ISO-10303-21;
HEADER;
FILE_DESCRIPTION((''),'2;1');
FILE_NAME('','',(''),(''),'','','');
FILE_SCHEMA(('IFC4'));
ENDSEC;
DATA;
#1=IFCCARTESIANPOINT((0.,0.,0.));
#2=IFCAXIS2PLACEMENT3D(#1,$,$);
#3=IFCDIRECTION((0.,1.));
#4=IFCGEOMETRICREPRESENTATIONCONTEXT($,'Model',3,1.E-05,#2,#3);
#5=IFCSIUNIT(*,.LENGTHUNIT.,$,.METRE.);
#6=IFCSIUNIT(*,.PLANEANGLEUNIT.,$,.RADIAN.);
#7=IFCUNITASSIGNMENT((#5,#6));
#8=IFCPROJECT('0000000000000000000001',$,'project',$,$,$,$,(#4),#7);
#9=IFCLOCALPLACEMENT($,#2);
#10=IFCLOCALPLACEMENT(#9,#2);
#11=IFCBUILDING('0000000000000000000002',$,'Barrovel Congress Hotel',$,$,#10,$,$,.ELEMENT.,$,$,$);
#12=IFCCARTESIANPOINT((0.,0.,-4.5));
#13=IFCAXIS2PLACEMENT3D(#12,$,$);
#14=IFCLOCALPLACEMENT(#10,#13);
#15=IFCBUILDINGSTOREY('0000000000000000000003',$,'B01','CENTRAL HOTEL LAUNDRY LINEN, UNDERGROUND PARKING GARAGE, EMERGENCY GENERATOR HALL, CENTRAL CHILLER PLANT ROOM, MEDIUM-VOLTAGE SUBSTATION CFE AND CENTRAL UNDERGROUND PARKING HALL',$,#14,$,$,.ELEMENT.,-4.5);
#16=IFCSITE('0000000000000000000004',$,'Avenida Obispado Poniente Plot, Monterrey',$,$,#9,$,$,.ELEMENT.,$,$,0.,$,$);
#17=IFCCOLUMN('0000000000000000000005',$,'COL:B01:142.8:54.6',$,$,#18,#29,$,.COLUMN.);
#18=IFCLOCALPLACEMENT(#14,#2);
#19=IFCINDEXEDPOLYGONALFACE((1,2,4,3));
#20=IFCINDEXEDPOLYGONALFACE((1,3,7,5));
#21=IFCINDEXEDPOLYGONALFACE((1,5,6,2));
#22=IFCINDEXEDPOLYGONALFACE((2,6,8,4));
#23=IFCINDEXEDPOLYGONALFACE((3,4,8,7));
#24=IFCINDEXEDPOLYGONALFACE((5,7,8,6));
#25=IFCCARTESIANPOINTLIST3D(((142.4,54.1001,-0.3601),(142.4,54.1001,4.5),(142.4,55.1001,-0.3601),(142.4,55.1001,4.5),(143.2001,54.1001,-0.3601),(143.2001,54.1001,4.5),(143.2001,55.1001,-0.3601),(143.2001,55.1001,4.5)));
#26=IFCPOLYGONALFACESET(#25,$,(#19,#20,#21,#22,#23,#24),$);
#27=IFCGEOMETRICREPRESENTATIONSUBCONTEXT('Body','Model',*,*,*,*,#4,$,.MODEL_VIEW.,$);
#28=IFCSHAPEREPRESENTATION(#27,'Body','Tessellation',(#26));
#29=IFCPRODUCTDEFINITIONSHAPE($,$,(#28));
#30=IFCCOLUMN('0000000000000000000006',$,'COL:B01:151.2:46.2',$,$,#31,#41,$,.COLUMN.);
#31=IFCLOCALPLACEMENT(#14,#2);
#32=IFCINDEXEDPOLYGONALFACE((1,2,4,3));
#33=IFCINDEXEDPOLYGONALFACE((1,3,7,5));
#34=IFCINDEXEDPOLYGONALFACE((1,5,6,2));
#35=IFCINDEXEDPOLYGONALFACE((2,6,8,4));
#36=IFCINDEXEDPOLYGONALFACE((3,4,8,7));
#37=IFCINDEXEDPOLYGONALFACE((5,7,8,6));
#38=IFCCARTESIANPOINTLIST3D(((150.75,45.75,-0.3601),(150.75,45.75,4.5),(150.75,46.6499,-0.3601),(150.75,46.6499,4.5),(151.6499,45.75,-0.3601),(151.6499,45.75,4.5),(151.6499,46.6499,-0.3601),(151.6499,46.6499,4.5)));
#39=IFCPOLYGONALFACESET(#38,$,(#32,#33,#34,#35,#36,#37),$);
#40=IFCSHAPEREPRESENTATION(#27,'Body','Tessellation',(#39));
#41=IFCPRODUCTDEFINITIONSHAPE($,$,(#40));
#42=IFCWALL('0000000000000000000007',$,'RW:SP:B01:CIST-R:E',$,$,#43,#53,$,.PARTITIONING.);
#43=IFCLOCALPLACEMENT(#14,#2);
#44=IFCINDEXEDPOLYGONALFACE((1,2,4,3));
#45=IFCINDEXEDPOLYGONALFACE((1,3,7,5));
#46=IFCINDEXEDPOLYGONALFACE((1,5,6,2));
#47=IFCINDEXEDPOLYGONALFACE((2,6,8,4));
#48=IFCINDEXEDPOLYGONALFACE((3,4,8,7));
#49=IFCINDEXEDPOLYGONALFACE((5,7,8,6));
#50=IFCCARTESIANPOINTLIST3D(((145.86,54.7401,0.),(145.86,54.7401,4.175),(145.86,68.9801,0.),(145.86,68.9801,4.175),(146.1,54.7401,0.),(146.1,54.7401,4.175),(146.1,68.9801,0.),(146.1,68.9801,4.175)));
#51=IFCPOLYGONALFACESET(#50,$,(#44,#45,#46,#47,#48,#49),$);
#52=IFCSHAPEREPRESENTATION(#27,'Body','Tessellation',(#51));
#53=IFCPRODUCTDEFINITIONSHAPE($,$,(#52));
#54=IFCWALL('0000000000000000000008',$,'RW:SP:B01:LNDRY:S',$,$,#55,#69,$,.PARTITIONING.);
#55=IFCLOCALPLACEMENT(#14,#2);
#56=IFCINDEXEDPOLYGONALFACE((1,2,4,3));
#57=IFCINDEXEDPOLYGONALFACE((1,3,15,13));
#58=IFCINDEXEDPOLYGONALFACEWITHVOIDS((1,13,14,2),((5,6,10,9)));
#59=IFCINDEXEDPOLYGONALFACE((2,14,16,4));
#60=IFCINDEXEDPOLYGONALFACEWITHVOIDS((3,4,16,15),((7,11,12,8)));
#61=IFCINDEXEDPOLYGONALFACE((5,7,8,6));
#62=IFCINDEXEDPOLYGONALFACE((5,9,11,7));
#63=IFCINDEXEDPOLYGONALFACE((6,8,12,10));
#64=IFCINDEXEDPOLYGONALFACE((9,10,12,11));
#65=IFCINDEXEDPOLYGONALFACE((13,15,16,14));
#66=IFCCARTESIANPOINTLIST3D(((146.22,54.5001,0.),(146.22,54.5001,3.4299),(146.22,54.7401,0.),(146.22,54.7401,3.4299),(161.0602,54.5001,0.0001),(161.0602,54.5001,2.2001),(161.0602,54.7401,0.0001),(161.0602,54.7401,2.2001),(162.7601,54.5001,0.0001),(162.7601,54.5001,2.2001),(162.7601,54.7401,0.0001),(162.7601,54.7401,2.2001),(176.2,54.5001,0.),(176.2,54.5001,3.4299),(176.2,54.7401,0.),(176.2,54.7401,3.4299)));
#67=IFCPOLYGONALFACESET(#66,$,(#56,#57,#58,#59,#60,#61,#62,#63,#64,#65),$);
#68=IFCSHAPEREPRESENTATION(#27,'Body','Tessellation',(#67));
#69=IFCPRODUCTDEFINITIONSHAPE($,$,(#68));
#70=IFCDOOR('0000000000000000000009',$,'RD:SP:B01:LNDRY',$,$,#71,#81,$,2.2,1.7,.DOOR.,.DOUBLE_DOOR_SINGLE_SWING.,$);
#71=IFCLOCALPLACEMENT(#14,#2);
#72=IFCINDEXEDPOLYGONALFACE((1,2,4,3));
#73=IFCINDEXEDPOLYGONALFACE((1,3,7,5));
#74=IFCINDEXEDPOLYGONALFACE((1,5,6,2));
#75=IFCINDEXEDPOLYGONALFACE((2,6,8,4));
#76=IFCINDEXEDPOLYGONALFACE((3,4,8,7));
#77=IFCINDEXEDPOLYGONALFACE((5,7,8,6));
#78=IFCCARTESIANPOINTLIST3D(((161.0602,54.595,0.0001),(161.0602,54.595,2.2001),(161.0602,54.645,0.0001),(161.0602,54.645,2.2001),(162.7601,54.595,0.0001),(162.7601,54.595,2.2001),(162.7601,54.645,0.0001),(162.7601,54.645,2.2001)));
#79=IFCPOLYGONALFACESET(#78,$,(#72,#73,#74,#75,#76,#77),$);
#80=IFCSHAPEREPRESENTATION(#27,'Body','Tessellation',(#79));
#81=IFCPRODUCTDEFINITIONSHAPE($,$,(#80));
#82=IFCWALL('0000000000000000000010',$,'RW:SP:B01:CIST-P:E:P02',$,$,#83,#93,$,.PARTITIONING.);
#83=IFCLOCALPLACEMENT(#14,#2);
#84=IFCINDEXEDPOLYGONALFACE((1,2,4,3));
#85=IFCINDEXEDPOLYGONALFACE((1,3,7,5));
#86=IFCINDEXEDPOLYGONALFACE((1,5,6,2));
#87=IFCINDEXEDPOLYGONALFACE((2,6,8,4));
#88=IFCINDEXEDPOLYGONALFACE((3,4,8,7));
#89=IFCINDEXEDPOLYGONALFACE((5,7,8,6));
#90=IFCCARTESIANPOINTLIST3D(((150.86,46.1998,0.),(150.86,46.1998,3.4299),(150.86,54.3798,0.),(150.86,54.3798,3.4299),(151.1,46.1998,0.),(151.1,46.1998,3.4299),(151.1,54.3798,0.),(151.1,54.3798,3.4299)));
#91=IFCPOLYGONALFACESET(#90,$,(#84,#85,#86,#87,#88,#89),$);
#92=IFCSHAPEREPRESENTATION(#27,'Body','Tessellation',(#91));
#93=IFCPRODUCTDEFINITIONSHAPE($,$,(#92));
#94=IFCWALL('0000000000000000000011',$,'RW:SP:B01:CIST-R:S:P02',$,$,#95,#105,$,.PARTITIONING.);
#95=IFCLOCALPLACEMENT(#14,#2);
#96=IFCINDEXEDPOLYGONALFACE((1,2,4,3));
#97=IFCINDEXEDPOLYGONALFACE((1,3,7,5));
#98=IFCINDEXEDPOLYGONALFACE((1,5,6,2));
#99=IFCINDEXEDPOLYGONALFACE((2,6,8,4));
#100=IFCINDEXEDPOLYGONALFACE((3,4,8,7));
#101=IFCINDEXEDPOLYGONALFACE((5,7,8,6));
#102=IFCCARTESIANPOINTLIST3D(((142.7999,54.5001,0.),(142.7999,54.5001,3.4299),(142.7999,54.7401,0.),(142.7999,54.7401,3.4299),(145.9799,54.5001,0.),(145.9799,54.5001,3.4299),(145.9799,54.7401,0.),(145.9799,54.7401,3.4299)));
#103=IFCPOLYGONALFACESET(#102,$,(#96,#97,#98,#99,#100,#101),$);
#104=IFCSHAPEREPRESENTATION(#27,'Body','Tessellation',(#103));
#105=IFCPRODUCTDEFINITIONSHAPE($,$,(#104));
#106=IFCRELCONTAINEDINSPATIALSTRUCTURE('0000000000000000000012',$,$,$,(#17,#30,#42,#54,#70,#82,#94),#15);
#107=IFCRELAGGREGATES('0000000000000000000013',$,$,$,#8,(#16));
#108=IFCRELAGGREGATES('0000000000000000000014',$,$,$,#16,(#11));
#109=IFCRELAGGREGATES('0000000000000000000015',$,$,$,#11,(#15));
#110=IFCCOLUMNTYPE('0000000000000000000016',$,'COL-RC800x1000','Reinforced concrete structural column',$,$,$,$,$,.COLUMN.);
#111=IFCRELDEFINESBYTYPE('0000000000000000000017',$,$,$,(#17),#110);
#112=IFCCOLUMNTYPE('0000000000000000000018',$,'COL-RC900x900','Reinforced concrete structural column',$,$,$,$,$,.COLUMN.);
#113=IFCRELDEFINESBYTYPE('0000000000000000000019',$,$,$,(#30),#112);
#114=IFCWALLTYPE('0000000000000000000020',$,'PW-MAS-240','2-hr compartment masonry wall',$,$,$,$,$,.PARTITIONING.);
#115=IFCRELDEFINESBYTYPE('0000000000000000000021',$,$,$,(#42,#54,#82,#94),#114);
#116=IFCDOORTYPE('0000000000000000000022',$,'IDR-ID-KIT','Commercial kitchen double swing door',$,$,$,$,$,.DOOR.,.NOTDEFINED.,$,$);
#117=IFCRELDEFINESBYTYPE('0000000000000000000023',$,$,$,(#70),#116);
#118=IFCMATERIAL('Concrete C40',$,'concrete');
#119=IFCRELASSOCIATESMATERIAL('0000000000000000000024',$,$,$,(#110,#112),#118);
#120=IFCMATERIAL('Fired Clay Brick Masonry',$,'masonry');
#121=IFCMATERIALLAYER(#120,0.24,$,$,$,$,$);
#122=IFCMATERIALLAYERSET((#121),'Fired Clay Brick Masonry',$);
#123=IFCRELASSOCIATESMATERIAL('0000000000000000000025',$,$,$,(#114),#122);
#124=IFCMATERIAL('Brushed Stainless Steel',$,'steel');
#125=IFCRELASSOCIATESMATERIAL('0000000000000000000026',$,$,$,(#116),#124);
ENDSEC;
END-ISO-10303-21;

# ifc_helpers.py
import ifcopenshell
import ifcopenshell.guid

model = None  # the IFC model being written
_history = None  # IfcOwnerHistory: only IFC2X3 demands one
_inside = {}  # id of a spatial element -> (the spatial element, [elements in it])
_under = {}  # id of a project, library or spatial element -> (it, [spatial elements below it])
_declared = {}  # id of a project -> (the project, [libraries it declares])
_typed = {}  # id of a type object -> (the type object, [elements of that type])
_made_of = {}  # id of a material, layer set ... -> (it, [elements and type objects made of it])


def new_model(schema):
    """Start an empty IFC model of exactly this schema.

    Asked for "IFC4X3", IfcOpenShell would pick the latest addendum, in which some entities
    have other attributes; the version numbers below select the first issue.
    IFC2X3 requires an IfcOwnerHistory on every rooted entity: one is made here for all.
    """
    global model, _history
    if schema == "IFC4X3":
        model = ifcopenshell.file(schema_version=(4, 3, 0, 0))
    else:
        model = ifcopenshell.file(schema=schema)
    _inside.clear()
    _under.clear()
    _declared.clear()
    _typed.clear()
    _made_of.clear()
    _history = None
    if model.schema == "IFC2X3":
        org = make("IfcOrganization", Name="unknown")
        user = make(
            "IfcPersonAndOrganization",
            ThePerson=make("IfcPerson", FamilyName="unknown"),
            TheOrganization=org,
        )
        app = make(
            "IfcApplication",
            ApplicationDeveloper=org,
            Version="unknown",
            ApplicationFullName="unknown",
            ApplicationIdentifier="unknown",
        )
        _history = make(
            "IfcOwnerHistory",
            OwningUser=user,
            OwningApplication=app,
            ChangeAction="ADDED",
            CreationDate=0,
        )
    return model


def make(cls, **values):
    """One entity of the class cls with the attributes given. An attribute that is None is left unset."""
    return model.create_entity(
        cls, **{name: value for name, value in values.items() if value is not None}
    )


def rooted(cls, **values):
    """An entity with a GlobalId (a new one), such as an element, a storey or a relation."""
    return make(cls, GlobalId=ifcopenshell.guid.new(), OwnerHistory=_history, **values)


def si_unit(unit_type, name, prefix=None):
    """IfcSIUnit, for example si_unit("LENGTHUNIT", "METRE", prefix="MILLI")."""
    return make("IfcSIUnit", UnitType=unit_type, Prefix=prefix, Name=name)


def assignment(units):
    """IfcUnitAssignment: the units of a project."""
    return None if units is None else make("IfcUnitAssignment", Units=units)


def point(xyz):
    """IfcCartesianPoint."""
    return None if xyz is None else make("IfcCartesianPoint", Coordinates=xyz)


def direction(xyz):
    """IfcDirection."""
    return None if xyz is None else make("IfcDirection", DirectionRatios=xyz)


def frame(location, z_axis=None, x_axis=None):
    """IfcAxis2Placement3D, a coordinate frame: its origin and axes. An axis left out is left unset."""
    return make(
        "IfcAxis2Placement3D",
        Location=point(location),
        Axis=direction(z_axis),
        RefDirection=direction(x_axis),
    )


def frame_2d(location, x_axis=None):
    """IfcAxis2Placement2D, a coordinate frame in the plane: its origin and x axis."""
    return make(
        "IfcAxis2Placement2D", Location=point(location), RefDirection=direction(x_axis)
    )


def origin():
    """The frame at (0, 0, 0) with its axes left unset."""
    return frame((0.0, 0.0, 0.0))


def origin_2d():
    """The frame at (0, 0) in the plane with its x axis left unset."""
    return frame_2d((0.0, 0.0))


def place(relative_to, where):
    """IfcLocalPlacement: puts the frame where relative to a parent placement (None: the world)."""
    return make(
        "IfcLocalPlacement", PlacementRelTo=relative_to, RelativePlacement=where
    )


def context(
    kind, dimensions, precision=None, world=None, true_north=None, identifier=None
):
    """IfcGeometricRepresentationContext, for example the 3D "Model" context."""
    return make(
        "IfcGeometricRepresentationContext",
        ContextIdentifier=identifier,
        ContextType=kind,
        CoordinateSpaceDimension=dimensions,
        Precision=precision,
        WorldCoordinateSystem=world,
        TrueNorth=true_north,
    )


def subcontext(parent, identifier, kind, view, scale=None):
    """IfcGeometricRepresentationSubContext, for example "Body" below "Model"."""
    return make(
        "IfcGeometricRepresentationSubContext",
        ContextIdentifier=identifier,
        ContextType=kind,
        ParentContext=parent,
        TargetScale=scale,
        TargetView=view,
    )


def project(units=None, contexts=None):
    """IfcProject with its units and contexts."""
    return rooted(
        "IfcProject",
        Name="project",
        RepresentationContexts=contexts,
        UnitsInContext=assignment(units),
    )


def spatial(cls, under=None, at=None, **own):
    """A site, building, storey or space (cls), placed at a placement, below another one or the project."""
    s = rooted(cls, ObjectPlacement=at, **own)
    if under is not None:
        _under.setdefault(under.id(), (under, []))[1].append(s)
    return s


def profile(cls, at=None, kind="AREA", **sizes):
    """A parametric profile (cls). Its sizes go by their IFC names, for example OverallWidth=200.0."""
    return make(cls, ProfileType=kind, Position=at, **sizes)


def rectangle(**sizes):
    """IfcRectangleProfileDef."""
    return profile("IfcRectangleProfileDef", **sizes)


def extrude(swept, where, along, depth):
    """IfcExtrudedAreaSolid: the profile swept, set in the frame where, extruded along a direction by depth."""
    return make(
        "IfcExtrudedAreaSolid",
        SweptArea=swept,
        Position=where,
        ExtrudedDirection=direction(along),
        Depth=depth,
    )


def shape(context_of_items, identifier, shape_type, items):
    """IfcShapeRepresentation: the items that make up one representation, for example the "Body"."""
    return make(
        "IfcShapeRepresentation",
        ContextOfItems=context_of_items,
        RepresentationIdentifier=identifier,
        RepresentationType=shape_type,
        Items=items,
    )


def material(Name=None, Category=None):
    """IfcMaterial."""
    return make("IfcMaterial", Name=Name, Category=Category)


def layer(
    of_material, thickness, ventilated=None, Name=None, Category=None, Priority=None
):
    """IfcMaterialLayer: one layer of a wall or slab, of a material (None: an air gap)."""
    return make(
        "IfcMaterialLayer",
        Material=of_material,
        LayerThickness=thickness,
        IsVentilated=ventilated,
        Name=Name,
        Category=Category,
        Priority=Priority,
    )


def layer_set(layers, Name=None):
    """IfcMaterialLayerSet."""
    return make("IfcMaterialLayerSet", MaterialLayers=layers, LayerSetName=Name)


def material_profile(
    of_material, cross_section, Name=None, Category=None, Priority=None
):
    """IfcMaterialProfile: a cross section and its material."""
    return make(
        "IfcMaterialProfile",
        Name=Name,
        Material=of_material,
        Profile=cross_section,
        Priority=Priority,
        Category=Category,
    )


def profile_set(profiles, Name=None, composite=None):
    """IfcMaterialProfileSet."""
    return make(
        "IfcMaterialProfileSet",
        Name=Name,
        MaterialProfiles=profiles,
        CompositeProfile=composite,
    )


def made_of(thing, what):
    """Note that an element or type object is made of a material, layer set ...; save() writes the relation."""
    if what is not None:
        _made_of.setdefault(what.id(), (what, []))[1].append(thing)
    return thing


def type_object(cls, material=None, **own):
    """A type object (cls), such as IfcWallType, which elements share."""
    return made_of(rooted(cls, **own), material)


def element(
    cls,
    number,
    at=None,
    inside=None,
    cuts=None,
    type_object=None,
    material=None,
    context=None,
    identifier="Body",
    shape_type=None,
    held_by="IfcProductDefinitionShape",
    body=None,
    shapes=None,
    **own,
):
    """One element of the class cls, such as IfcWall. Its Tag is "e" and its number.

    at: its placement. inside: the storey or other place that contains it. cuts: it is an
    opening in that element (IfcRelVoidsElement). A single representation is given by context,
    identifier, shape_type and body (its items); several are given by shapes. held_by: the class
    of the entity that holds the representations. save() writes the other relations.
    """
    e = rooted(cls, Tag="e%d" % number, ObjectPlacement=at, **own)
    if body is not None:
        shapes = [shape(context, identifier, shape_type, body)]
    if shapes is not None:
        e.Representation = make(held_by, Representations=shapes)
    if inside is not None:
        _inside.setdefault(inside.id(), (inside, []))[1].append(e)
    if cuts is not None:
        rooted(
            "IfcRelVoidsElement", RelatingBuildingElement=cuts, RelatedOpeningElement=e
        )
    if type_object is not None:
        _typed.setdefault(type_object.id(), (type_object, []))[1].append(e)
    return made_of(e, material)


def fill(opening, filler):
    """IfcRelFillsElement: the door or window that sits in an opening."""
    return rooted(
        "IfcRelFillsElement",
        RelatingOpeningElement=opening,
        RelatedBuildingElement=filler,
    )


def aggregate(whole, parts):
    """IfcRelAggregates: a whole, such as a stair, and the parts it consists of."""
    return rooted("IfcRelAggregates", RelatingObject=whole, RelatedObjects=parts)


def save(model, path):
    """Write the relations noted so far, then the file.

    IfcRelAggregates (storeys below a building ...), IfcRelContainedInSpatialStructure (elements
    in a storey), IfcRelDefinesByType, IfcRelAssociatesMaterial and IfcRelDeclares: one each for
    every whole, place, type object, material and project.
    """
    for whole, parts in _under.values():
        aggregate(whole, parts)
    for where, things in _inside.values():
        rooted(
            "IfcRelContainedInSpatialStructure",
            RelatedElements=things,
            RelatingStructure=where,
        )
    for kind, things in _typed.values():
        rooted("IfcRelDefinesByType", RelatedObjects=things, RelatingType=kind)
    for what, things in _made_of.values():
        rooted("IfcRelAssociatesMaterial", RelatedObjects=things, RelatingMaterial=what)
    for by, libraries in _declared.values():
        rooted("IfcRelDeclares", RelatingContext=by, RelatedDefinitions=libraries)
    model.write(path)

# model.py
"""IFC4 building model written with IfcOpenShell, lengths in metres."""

from ifc_helpers import new_model, si_unit, direction, frame, frame_2d, origin, origin_2d, place, context, subcontext, project, spatial, rectangle, extrude, material, layer, layer_set, material_profile, profile_set, type_object, element, fill, save


model = new_model("IFC4")

# Units and contexts
model_context = context("Model", 3, precision=1e-05, world=origin(), true_north=direction((0.0, 1.0)))
body_context = subcontext(model_context, "Body", "Model", "MODEL_VIEW")
ifc_project = project(units=[si_unit("LENGTHUNIT", "METRE"), si_unit("PLANEANGLEUNIT", "RADIAN")], contexts=[model_context])

# Site, building, storey
site_placement = place(None, origin())
site = spatial("IfcSite", under=ifc_project, at=site_placement, Name="Avenida Obispado Poniente Plot, Monterrey", CompositionType="ELEMENT", RefElevation=0.0)
building_placement = place(site_placement, origin())
building = spatial("IfcBuilding", under=site, at=building_placement, Name="Barrovel Congress Hotel", CompositionType="ELEMENT")
storey_placement = place(building_placement, frame((0.0, 0.0, -4.5)))
storey = spatial("IfcBuildingStorey", under=building, at=storey_placement, Name="B01", Description="CENTRAL HOTEL LAUNDRY LINEN, UNDERGROUND PARKING GARAGE, EMERGENCY GENERATOR HALL, CENTRAL CHILLER PLANT ROOM, MEDIUM-VOLTAGE SUBSTATION CFE AND CENTRAL UNDERGROUND PARKING HALL", CompositionType="ELEMENT", Elevation=-4.5)

# Shared definitions
ifc_material_1 = material(Name="Concrete C40", Category="concrete")

# Columns
ifc_material_profile_1 = material_profile(ifc_material_1, rectangle(XDim=0.8, YDim=1.0, at=origin_2d()), Name="RC800x1000")
ifc_profile_set_1 = profile_set([ifc_material_profile_1], Name="Concrete C40")
column_type_1 = type_object("IfcColumnType", Name="COL-RC800x1000", Description="Reinforced concrete structural column", PredefinedType="COLUMN", material=ifc_profile_set_1)
column_1_placement = place(storey_placement, frame((142.8, 54.6001, -0.3601), z_axis=(0.0, 0.0, 1.0), x_axis=(1.0, 0.0, 0.0)))
element("IfcColumn", 1, at=column_1_placement, inside=storey, type_object=column_type_1, Name="COL:B01:142.8:54.6", PredefinedType="COLUMN", context=body_context, shape_type="SweptSolid", body=[
    extrude(rectangle(XDim=0.8, YDim=1.0, at=origin_2d()), origin(), (0.0, 0.0, 1.0), 4.8601),
])
ifc_material_profile_2 = material_profile(ifc_material_1, rectangle(XDim=0.8999, YDim=0.8999, at=origin_2d()), Name="RC900x900")
ifc_profile_set_2 = profile_set([ifc_material_profile_2], Name="Concrete C40")
column_type_2 = type_object("IfcColumnType", Name="COL-RC900x900", Description="Reinforced concrete structural column", PredefinedType="COLUMN", material=ifc_profile_set_2)
column_2_placement = place(storey_placement, frame((151.2, 46.2, -0.3601), z_axis=(0.0, 0.0, 1.0), x_axis=(1.0, 0.0, 0.0)))
element("IfcColumn", 2, at=column_2_placement, inside=storey, type_object=column_type_2, Name="COL:B01:151.2:46.2", PredefinedType="COLUMN", context=body_context, shape_type="SweptSolid", body=[
    extrude(rectangle(XDim=0.8999, YDim=0.8999, at=origin_2d()), origin(), (0.0, 0.0, 1.0), 4.8601),
])

# Wall
ifc_material_2 = material(Name="Fired Clay Brick Masonry", Category="masonry")
ifc_layer = layer(ifc_material_2, 0.24)
ifc_layer_set = layer_set([ifc_layer], Name="Fired Clay Brick Masonry")
wall_type = type_object("IfcWallType", Name="PW-MAS-240", Description="2-hr compartment masonry wall", PredefinedType="PARTITIONING", material=ifc_layer_set)
wall_1_placement = place(storey_placement, frame((145.98, 54.74, 0.0), z_axis=(0.0, 0.0, 1.0), x_axis=(0.0, 1.0, 0.0)))
element("IfcWall", 3, at=wall_1_placement, inside=storey, type_object=wall_type, Name="RW:SP:B01:CIST-R:E", PredefinedType="PARTITIONING", context=body_context, shape_type="SweptSolid", body=[
    extrude(rectangle(XDim=14.24, YDim=0.24, at=frame_2d((7.1201, 0.0))), origin(), (0.0, 0.0, 1.0), 4.175),
])

# Wall, opening, door
wall_2_placement = place(storey_placement, frame((146.22, 54.6201, 0.0), z_axis=(0.0, 0.0, 1.0), x_axis=(1.0, 0.0, 0.0)))
wall_2 = element("IfcWall", 4, at=wall_2_placement, inside=storey, type_object=wall_type, Name="RW:SP:B01:LNDRY:S", PredefinedType="PARTITIONING", context=body_context, shape_type="SweptSolid", body=[
    extrude(rectangle(XDim=29.98, YDim=0.24, at=frame_2d((14.99, 0.0))), origin(), (0.0, 0.0, 1.0), 3.4299),
])
opening_placement = place(wall_2_placement, frame((14.8401, 0.0, 0.0)))
opening = element("IfcOpeningElement", 5, at=opening_placement, cuts=wall_2, PredefinedType="OPENING", context=body_context, shape_type="SweptSolid", body=[
    extrude(rectangle(XDim=1.7, YDim=2.2, at=frame_2d((0.8501, 1.1001))), frame((0.0, 0.1299, 0.0), z_axis=(0.0, -1.0, 0.0), x_axis=(1.0, 0.0, 0.0)), (0.0, 0.0, 1.0), 0.26),
])
ifc_material_3 = material(Name="Brushed Stainless Steel", Category="steel")
door_type = type_object("IfcDoorType", Name="IDR-ID-KIT", Description="Commercial kitchen double swing door", OperationType="NOTDEFINED", PredefinedType="DOOR", material=ifc_material_3)
door_placement = place(opening_placement, origin())
door = element("IfcDoor", 6, at=door_placement, inside=storey, type_object=door_type, Name="RD:SP:B01:LNDRY", OperationType="DOUBLE_DOOR_SINGLE_SWING", OverallHeight=2.2, OverallWidth=1.7, PredefinedType="DOOR", context=body_context, shape_type="SweptSolid", body=[
    extrude(rectangle(XDim=1.7, YDim=2.2, at=frame_2d((0.8501, 1.1001))), frame((0.0, 0.0249, 0.0), z_axis=(0.0, -1.0, 0.0), x_axis=(1.0, 0.0, 0.0)), (0.0, 0.0, 1.0), 0.05),
])
fill(opening, door)

# Walls
wall_3_placement = place(storey_placement, frame((150.98, 46.2, 0.0), z_axis=(0.0, 0.0, 1.0), x_axis=(0.0, 1.0, 0.0)))
element("IfcWall", 7, at=wall_3_placement, inside=storey, type_object=wall_type, Name="RW:SP:B01:CIST-P:E:P02", PredefinedType="PARTITIONING", context=body_context, shape_type="SweptSolid", body=[
    extrude(rectangle(XDim=8.1799, YDim=0.24, at=frame_2d((4.0898, 0.0))), origin(), (0.0, 0.0, 1.0), 3.4299),
])
wall_4_placement = place(storey_placement, frame((142.8, 54.6201, 0.0), z_axis=(0.0, 0.0, 1.0), x_axis=(1.0, 0.0, 0.0)))
element("IfcWall", 8, at=wall_4_placement, inside=storey, type_object=wall_type, Name="RW:SP:B01:CIST-R:S:P02", PredefinedType="PARTITIONING", context=body_context, shape_type="SweptSolid", body=[
    extrude(rectangle(XDim=3.1799, YDim=0.24, at=frame_2d((1.5898, 0.0))), origin(), (0.0, 0.0, 1.0), 3.4299),
])

save(model, "model.ifc")
